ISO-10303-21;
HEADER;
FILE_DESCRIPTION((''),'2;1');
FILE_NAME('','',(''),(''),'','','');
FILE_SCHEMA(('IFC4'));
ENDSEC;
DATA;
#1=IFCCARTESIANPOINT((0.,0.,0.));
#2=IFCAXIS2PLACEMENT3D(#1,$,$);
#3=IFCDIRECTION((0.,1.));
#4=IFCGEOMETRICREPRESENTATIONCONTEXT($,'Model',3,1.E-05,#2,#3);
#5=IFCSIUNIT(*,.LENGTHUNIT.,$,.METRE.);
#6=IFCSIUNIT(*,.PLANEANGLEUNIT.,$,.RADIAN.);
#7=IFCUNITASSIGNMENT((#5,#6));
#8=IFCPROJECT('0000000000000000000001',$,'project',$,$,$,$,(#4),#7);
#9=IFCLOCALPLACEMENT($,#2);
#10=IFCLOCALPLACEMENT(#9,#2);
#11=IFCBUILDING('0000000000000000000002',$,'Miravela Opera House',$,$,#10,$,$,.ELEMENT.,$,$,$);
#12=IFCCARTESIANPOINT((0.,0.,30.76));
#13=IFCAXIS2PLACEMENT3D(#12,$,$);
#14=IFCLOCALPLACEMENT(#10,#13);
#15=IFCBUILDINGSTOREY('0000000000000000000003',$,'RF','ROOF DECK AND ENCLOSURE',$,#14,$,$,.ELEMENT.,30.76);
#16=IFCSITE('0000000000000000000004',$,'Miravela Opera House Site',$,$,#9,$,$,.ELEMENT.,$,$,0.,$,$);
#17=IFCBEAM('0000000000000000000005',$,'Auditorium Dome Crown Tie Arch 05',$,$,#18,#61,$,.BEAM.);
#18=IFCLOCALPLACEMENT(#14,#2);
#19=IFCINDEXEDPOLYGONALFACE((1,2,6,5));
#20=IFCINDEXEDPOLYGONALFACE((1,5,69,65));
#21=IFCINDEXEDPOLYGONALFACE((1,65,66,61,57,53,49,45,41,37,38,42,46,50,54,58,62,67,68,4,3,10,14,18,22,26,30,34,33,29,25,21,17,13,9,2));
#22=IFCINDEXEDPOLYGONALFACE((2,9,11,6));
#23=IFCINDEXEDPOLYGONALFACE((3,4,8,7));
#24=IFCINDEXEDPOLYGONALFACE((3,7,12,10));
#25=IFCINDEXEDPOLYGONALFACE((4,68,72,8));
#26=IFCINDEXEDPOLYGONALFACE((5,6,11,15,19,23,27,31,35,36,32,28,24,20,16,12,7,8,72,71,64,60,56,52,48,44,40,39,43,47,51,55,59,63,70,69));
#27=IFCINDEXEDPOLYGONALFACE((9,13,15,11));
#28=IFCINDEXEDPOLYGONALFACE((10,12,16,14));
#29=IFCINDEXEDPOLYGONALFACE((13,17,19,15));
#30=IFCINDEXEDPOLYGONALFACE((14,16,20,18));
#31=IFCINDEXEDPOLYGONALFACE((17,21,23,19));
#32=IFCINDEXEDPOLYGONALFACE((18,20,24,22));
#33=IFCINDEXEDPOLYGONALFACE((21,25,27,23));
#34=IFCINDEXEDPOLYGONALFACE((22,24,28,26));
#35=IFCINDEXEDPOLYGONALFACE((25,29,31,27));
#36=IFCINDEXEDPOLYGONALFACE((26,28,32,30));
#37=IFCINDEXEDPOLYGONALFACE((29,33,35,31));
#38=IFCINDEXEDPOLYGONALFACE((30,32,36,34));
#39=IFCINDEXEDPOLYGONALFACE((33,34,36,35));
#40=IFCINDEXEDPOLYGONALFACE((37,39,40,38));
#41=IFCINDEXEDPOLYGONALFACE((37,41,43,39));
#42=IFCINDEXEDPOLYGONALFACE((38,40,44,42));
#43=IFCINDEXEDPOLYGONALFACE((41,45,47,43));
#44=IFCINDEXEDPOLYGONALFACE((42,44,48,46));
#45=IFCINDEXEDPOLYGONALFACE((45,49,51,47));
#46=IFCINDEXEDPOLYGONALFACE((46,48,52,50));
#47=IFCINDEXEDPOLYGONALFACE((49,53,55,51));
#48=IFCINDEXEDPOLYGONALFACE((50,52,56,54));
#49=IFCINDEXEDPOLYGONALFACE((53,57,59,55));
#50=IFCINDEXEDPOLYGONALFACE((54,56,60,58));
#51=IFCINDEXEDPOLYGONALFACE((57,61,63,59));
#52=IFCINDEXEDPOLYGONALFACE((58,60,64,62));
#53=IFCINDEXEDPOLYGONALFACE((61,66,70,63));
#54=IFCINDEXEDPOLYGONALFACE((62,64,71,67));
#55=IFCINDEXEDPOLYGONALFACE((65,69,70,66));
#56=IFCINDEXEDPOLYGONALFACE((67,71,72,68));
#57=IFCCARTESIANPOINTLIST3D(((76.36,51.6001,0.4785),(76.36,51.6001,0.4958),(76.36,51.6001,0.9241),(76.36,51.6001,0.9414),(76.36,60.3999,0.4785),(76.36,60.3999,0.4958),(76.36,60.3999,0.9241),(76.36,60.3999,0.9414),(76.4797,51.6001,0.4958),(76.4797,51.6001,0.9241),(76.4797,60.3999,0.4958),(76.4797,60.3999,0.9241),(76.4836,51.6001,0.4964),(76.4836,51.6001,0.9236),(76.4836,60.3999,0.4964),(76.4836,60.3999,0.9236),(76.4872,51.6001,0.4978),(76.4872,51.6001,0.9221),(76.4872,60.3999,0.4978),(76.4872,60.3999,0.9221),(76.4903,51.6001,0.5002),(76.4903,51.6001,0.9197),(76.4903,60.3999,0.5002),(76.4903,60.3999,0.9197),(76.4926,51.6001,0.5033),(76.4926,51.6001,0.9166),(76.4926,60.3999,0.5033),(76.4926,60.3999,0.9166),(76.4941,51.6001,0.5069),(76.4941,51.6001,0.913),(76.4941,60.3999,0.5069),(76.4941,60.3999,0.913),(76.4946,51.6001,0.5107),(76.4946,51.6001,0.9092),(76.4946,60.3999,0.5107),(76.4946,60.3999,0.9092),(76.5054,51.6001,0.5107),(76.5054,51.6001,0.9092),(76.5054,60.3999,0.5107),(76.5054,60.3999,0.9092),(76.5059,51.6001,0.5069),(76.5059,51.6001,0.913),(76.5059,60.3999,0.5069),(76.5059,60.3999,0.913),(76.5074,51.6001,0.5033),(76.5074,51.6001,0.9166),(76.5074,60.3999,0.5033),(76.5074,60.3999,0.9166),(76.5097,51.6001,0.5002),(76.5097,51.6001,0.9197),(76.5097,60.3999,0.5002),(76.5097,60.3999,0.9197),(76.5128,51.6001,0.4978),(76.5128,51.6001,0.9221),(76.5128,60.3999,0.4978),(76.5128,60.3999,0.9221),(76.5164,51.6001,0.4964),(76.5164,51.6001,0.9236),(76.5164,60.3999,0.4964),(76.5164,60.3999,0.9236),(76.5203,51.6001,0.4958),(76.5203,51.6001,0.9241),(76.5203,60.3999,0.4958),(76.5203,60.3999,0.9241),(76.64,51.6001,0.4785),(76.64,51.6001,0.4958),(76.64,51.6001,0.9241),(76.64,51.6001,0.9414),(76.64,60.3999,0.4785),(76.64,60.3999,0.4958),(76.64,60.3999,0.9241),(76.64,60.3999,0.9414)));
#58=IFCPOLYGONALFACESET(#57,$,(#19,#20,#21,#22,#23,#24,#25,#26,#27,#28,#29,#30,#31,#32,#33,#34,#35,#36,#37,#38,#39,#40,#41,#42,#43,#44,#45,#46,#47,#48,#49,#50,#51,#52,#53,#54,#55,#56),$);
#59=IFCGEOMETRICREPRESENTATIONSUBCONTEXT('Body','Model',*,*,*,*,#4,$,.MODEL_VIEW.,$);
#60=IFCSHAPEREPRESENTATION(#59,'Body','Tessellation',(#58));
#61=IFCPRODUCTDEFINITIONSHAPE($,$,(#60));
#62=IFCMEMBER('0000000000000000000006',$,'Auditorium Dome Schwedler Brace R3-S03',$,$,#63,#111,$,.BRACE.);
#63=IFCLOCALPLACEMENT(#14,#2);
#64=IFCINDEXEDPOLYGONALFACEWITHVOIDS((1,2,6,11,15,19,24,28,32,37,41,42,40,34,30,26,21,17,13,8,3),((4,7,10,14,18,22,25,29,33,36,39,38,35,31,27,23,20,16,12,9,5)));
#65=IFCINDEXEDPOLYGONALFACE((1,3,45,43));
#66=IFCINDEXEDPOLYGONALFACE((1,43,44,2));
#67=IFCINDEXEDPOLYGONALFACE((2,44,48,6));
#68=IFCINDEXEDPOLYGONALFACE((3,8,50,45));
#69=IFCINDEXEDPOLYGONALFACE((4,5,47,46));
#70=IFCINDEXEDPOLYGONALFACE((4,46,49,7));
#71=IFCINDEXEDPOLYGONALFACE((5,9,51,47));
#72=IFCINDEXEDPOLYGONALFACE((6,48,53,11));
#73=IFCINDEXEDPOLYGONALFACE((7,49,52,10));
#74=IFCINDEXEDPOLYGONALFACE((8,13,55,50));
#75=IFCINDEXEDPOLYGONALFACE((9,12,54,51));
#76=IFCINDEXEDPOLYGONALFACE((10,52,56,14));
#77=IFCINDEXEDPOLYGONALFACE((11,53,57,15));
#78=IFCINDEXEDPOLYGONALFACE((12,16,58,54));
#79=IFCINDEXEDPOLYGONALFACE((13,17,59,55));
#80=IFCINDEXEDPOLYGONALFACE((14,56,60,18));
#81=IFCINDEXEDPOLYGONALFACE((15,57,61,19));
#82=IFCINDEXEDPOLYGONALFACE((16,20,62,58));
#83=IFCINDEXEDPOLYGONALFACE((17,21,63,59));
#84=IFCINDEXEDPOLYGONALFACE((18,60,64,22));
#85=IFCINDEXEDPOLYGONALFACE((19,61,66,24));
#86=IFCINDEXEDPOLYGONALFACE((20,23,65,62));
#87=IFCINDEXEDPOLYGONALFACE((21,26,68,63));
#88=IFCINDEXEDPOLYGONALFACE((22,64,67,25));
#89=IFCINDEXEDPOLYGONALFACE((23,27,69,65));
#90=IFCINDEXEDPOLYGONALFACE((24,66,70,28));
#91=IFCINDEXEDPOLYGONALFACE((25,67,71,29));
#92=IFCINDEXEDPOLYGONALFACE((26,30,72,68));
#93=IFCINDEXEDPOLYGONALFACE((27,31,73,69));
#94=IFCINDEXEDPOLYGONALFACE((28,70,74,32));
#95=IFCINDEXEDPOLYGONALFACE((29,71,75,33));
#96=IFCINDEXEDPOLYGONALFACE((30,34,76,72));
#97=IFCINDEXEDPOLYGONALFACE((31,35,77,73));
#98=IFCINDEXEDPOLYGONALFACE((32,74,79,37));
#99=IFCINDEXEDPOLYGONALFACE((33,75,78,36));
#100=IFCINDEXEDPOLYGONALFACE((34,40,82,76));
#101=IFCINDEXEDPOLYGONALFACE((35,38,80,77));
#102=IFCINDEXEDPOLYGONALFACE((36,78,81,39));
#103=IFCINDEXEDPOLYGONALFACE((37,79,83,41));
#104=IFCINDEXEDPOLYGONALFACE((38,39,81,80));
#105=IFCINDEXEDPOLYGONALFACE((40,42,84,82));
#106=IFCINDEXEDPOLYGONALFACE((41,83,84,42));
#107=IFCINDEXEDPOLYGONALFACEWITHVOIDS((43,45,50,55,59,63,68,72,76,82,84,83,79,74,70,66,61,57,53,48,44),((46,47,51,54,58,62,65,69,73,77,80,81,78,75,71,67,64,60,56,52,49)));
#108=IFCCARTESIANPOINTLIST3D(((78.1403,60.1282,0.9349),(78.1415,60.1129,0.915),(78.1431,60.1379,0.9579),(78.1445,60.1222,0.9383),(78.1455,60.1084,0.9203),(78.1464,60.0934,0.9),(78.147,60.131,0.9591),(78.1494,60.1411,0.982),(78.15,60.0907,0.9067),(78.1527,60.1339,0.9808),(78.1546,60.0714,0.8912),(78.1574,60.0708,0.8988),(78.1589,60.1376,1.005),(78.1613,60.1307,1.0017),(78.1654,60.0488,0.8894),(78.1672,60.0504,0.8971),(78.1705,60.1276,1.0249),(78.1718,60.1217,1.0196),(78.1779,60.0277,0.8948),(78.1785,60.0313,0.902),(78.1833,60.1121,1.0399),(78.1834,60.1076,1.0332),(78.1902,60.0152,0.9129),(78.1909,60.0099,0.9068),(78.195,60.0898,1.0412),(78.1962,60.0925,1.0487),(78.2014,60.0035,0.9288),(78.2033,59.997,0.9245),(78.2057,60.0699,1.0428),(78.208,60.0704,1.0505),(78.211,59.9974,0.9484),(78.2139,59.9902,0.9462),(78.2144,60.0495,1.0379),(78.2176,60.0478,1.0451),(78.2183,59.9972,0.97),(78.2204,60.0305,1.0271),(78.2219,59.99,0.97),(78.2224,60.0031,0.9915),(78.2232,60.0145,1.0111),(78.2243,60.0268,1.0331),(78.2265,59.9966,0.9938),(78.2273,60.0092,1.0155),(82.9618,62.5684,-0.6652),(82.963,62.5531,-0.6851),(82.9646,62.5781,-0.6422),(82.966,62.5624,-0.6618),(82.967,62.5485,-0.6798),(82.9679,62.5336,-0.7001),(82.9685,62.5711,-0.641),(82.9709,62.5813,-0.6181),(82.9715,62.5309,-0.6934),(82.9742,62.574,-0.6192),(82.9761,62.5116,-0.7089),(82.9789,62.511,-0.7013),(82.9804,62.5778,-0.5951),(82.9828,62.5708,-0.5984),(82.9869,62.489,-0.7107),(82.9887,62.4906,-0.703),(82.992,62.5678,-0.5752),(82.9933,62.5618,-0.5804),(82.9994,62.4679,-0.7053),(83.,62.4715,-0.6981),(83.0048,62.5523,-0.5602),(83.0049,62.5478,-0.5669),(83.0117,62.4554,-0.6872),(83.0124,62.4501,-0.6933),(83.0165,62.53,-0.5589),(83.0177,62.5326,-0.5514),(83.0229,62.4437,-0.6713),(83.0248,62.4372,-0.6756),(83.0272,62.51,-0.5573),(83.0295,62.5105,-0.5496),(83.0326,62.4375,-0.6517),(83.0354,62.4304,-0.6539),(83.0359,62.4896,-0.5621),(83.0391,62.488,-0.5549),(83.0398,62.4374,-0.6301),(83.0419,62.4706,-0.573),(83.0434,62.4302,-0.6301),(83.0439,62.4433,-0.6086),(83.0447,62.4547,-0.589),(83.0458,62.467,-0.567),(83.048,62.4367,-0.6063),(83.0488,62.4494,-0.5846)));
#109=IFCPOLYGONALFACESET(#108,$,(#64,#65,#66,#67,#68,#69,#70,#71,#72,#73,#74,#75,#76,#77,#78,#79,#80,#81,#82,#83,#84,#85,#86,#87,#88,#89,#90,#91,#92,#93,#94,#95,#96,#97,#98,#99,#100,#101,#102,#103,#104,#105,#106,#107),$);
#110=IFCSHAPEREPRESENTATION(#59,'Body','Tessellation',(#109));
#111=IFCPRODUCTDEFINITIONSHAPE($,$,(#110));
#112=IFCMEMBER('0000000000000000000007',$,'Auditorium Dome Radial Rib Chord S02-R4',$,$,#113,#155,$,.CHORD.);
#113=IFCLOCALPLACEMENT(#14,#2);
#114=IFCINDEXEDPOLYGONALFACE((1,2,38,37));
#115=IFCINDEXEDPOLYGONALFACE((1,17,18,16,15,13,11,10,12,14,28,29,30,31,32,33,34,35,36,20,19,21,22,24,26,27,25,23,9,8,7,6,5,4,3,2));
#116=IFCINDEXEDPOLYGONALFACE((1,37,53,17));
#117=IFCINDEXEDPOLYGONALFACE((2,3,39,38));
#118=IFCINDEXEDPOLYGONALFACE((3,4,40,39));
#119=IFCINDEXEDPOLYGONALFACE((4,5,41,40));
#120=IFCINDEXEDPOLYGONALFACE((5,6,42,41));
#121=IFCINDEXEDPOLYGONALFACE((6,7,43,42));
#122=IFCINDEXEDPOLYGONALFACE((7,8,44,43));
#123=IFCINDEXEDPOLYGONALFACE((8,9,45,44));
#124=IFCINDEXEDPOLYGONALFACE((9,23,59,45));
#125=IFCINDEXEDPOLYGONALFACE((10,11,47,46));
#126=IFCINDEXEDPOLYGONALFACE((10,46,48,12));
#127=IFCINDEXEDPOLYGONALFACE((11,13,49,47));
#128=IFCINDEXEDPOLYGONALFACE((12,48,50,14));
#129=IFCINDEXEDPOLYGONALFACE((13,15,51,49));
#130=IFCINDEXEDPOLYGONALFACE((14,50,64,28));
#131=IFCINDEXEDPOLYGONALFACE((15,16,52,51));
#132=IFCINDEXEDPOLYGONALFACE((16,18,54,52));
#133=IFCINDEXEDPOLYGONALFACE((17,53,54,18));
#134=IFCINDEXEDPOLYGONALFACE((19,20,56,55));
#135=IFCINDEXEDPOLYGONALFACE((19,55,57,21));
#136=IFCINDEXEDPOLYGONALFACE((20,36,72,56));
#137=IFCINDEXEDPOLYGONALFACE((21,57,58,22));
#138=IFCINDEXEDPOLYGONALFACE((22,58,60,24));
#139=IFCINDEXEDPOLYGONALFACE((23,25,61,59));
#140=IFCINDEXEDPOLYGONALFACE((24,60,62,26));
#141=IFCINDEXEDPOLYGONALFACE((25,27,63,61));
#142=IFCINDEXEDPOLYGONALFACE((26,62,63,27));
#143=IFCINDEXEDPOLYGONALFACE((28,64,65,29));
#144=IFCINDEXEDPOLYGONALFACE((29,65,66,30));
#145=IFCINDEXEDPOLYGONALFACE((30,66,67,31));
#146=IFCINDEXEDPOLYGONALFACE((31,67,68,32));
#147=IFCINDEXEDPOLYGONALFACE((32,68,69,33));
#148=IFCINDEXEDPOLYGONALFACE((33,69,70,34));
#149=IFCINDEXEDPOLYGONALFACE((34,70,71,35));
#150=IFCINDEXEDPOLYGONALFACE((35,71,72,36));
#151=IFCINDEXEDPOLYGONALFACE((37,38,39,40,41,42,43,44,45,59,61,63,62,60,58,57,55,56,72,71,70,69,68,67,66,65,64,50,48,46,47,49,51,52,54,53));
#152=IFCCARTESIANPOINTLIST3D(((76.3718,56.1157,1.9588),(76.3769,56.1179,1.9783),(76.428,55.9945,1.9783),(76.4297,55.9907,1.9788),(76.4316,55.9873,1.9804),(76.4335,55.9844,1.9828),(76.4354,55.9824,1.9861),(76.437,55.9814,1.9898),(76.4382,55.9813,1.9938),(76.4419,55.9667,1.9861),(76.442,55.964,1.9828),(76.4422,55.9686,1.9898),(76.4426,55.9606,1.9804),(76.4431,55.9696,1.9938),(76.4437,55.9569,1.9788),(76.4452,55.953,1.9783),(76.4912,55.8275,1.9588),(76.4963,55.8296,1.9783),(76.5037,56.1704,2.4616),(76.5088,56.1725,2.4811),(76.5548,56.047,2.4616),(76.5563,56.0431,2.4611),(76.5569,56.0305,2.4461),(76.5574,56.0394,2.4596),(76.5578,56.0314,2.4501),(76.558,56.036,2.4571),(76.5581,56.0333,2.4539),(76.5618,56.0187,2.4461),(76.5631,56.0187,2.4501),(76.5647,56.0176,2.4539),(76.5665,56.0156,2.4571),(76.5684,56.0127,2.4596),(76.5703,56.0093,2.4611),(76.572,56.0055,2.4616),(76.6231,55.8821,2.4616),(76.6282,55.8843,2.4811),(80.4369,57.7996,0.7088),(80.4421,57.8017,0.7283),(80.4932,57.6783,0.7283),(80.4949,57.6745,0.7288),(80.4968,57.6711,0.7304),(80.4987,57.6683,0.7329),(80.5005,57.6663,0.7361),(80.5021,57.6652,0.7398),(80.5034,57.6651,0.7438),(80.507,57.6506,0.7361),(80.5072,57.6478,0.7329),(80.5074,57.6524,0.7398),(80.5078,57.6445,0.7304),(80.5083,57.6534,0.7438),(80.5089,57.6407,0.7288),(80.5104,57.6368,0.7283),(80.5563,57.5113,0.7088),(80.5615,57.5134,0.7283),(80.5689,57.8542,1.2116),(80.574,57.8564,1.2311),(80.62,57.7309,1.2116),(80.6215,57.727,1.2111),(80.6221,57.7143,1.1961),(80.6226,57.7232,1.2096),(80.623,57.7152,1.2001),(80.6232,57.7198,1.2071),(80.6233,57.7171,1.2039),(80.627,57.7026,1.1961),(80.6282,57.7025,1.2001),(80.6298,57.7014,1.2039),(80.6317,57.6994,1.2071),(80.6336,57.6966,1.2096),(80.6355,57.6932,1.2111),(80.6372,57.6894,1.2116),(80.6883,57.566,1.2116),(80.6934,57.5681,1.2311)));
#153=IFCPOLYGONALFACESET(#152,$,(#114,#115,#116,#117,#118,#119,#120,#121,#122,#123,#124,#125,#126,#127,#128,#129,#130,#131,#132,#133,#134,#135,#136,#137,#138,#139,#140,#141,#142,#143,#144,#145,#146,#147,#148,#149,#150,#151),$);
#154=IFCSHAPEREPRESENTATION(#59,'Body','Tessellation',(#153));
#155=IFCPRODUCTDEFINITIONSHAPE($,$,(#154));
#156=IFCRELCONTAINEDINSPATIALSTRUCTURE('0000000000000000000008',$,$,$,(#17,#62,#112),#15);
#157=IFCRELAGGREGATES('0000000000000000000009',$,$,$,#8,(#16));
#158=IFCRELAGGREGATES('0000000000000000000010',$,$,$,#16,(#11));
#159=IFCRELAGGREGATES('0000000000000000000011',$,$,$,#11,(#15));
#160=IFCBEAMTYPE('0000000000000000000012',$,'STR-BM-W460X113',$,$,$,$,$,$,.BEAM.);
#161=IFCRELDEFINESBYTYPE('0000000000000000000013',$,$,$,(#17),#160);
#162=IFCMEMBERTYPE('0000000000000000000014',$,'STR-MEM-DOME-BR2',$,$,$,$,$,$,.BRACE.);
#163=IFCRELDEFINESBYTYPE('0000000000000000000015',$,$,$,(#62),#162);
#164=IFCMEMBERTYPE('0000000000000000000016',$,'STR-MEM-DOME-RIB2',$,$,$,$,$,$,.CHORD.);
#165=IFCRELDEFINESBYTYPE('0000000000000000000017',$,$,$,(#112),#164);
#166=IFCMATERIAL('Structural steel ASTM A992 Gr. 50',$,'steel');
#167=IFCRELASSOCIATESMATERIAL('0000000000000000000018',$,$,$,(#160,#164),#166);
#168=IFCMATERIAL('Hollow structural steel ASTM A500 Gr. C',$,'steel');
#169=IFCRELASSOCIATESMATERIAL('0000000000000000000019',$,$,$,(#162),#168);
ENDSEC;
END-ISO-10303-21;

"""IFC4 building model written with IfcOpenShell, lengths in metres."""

from ifc_helpers import new_model, si_unit, direction, frame, origin, origin_2d, place, context, subcontext, project, spatial, hollow_circle, i_section, extrude, material, material_profile, profile_set, type_object, element, save


model = new_model("IFC4")

# Units and contexts
model_context = context("Model", 3, precision=1e-05, world=origin(), true_north=direction((0.0, 1.0)))
body_context = subcontext(model_context, "Body", "Model", "MODEL_VIEW")
ifc_project = project(units=[si_unit("LENGTHUNIT", "METRE"), si_unit("PLANEANGLEUNIT", "RADIAN")], contexts=[model_context])

# Site, building, storey
site_placement = place(None, origin())
site = spatial("IfcSite", under=ifc_project, at=site_placement, Name="Miravela Opera House Site", CompositionType="ELEMENT", RefElevation=0.0)
building_placement = place(site_placement, origin())
building = spatial("IfcBuilding", under=site, at=building_placement, Name="Miravela Opera House", CompositionType="ELEMENT")
storey_placement = place(building_placement, frame((0.0, 0.0, 30.76)))
storey = spatial("IfcBuildingStorey", under=building, at=storey_placement, Name="RF", Description="ROOF DECK AND ENCLOSURE", CompositionType="ELEMENT", Elevation=30.76)

# Beam
ifc_material_1 = material(Name="Structural steel ASTM A992 Gr. 50", Category="steel")
ifc_material_profile_1 = material_profile(ifc_material_1, i_section(OverallWidth=0.28, OverallDepth=0.4629, WebThickness=0.0107, FlangeThickness=0.0173, FilletRadius=0.0149, at=origin_2d()), Name="W460X113")
ifc_profile_set_1 = profile_set([ifc_material_profile_1])
beam_type = type_object("IfcBeamType", Name="STR-BM-W460X113", PredefinedType="BEAM", material=ifc_profile_set_1)
beam_1_placement = place(storey_placement, frame((76.5, 60.3999, 0.71), z_axis=(0.0, -1.0, 0.0), x_axis=(1.0, 0.0, 0.0)))
element("IfcBeam", 1, at=beam_1_placement, inside=storey, type_object=beam_type, Name="Auditorium Dome Crown Tie Arch 05", PredefinedType="BEAM", context=body_context, shape_type="SweptSolid", body=[
    extrude(i_section(OverallWidth=0.28, OverallDepth=0.4629, WebThickness=0.0107, FlangeThickness=0.0173, FilletRadius=0.0149, at=origin_2d()), origin(), (0.0, 0.0, 1.0), 8.7998),
])

# Members
ifc_material_2 = material(Name="Hollow structural steel ASTM A500 Gr. C", Category="steel")
ifc_material_profile_2 = material_profile(ifc_material_2, hollow_circle(Radius=0.0842, WallThickness=0.0081, at=origin_2d()), Name="CHS168X8")
ifc_profile_set_2 = profile_set([ifc_material_profile_2])
member_type_1 = type_object("IfcMemberType", Name="STR-MEM-DOME-BR2", PredefinedType="BRACE", material=ifc_profile_set_2)
member_1_placement = place(storey_placement, frame((83.0054, 62.5054, -0.6301), z_axis=(-0.855522, -0.432981, 0.283918), x_axis=(0.451564, -0.892239, 0.0)))
element("IfcMember", 2, at=member_1_placement, inside=storey, type_object=member_type_1, Name="Auditorium Dome Schwedler Brace R3-S03", PredefinedType="BRACE", context=body_context, shape_type="SweptSolid", body=[
    extrude(hollow_circle(Radius=0.0842, WallThickness=0.0081, at=origin_2d()), origin(), (0.0, 0.0, 1.0), 5.6357),
])
ifc_material_profile_3 = material_profile(ifc_material_1, i_section(OverallWidth=0.312, OverallDepth=0.543, WebThickness=0.0127, FlangeThickness=0.0203, FilletRadius=0.0161, at=origin_2d()), Name="W530X150")
ifc_profile_set_3 = profile_set([ifc_material_profile_3])
member_type_2 = type_object("IfcMemberType", Name="STR-MEM-DOME-RIB2", PredefinedType="CHORD", material=ifc_profile_set_3)
member_2_placement = place(storey_placement, frame((80.5652, 57.6838, 0.97), z_axis=(-0.888715, -0.368114, 0.27327), x_axis=(0.38268, -0.923881, 0.0)))
element("IfcMember", 3, at=member_2_placement, inside=storey, type_object=member_type_2, Name="Auditorium Dome Radial Rib Chord S02-R4", PredefinedType="CHORD", context=body_context, shape_type="SweptSolid", body=[
    extrude(i_section(OverallWidth=0.312, OverallDepth=0.543, WebThickness=0.0127, FlangeThickness=0.0203, FilletRadius=0.0161, at=origin_2d()), origin(), (0.0, 0.0, 1.0), 4.5742),
])

save(model, "model.ifc")
